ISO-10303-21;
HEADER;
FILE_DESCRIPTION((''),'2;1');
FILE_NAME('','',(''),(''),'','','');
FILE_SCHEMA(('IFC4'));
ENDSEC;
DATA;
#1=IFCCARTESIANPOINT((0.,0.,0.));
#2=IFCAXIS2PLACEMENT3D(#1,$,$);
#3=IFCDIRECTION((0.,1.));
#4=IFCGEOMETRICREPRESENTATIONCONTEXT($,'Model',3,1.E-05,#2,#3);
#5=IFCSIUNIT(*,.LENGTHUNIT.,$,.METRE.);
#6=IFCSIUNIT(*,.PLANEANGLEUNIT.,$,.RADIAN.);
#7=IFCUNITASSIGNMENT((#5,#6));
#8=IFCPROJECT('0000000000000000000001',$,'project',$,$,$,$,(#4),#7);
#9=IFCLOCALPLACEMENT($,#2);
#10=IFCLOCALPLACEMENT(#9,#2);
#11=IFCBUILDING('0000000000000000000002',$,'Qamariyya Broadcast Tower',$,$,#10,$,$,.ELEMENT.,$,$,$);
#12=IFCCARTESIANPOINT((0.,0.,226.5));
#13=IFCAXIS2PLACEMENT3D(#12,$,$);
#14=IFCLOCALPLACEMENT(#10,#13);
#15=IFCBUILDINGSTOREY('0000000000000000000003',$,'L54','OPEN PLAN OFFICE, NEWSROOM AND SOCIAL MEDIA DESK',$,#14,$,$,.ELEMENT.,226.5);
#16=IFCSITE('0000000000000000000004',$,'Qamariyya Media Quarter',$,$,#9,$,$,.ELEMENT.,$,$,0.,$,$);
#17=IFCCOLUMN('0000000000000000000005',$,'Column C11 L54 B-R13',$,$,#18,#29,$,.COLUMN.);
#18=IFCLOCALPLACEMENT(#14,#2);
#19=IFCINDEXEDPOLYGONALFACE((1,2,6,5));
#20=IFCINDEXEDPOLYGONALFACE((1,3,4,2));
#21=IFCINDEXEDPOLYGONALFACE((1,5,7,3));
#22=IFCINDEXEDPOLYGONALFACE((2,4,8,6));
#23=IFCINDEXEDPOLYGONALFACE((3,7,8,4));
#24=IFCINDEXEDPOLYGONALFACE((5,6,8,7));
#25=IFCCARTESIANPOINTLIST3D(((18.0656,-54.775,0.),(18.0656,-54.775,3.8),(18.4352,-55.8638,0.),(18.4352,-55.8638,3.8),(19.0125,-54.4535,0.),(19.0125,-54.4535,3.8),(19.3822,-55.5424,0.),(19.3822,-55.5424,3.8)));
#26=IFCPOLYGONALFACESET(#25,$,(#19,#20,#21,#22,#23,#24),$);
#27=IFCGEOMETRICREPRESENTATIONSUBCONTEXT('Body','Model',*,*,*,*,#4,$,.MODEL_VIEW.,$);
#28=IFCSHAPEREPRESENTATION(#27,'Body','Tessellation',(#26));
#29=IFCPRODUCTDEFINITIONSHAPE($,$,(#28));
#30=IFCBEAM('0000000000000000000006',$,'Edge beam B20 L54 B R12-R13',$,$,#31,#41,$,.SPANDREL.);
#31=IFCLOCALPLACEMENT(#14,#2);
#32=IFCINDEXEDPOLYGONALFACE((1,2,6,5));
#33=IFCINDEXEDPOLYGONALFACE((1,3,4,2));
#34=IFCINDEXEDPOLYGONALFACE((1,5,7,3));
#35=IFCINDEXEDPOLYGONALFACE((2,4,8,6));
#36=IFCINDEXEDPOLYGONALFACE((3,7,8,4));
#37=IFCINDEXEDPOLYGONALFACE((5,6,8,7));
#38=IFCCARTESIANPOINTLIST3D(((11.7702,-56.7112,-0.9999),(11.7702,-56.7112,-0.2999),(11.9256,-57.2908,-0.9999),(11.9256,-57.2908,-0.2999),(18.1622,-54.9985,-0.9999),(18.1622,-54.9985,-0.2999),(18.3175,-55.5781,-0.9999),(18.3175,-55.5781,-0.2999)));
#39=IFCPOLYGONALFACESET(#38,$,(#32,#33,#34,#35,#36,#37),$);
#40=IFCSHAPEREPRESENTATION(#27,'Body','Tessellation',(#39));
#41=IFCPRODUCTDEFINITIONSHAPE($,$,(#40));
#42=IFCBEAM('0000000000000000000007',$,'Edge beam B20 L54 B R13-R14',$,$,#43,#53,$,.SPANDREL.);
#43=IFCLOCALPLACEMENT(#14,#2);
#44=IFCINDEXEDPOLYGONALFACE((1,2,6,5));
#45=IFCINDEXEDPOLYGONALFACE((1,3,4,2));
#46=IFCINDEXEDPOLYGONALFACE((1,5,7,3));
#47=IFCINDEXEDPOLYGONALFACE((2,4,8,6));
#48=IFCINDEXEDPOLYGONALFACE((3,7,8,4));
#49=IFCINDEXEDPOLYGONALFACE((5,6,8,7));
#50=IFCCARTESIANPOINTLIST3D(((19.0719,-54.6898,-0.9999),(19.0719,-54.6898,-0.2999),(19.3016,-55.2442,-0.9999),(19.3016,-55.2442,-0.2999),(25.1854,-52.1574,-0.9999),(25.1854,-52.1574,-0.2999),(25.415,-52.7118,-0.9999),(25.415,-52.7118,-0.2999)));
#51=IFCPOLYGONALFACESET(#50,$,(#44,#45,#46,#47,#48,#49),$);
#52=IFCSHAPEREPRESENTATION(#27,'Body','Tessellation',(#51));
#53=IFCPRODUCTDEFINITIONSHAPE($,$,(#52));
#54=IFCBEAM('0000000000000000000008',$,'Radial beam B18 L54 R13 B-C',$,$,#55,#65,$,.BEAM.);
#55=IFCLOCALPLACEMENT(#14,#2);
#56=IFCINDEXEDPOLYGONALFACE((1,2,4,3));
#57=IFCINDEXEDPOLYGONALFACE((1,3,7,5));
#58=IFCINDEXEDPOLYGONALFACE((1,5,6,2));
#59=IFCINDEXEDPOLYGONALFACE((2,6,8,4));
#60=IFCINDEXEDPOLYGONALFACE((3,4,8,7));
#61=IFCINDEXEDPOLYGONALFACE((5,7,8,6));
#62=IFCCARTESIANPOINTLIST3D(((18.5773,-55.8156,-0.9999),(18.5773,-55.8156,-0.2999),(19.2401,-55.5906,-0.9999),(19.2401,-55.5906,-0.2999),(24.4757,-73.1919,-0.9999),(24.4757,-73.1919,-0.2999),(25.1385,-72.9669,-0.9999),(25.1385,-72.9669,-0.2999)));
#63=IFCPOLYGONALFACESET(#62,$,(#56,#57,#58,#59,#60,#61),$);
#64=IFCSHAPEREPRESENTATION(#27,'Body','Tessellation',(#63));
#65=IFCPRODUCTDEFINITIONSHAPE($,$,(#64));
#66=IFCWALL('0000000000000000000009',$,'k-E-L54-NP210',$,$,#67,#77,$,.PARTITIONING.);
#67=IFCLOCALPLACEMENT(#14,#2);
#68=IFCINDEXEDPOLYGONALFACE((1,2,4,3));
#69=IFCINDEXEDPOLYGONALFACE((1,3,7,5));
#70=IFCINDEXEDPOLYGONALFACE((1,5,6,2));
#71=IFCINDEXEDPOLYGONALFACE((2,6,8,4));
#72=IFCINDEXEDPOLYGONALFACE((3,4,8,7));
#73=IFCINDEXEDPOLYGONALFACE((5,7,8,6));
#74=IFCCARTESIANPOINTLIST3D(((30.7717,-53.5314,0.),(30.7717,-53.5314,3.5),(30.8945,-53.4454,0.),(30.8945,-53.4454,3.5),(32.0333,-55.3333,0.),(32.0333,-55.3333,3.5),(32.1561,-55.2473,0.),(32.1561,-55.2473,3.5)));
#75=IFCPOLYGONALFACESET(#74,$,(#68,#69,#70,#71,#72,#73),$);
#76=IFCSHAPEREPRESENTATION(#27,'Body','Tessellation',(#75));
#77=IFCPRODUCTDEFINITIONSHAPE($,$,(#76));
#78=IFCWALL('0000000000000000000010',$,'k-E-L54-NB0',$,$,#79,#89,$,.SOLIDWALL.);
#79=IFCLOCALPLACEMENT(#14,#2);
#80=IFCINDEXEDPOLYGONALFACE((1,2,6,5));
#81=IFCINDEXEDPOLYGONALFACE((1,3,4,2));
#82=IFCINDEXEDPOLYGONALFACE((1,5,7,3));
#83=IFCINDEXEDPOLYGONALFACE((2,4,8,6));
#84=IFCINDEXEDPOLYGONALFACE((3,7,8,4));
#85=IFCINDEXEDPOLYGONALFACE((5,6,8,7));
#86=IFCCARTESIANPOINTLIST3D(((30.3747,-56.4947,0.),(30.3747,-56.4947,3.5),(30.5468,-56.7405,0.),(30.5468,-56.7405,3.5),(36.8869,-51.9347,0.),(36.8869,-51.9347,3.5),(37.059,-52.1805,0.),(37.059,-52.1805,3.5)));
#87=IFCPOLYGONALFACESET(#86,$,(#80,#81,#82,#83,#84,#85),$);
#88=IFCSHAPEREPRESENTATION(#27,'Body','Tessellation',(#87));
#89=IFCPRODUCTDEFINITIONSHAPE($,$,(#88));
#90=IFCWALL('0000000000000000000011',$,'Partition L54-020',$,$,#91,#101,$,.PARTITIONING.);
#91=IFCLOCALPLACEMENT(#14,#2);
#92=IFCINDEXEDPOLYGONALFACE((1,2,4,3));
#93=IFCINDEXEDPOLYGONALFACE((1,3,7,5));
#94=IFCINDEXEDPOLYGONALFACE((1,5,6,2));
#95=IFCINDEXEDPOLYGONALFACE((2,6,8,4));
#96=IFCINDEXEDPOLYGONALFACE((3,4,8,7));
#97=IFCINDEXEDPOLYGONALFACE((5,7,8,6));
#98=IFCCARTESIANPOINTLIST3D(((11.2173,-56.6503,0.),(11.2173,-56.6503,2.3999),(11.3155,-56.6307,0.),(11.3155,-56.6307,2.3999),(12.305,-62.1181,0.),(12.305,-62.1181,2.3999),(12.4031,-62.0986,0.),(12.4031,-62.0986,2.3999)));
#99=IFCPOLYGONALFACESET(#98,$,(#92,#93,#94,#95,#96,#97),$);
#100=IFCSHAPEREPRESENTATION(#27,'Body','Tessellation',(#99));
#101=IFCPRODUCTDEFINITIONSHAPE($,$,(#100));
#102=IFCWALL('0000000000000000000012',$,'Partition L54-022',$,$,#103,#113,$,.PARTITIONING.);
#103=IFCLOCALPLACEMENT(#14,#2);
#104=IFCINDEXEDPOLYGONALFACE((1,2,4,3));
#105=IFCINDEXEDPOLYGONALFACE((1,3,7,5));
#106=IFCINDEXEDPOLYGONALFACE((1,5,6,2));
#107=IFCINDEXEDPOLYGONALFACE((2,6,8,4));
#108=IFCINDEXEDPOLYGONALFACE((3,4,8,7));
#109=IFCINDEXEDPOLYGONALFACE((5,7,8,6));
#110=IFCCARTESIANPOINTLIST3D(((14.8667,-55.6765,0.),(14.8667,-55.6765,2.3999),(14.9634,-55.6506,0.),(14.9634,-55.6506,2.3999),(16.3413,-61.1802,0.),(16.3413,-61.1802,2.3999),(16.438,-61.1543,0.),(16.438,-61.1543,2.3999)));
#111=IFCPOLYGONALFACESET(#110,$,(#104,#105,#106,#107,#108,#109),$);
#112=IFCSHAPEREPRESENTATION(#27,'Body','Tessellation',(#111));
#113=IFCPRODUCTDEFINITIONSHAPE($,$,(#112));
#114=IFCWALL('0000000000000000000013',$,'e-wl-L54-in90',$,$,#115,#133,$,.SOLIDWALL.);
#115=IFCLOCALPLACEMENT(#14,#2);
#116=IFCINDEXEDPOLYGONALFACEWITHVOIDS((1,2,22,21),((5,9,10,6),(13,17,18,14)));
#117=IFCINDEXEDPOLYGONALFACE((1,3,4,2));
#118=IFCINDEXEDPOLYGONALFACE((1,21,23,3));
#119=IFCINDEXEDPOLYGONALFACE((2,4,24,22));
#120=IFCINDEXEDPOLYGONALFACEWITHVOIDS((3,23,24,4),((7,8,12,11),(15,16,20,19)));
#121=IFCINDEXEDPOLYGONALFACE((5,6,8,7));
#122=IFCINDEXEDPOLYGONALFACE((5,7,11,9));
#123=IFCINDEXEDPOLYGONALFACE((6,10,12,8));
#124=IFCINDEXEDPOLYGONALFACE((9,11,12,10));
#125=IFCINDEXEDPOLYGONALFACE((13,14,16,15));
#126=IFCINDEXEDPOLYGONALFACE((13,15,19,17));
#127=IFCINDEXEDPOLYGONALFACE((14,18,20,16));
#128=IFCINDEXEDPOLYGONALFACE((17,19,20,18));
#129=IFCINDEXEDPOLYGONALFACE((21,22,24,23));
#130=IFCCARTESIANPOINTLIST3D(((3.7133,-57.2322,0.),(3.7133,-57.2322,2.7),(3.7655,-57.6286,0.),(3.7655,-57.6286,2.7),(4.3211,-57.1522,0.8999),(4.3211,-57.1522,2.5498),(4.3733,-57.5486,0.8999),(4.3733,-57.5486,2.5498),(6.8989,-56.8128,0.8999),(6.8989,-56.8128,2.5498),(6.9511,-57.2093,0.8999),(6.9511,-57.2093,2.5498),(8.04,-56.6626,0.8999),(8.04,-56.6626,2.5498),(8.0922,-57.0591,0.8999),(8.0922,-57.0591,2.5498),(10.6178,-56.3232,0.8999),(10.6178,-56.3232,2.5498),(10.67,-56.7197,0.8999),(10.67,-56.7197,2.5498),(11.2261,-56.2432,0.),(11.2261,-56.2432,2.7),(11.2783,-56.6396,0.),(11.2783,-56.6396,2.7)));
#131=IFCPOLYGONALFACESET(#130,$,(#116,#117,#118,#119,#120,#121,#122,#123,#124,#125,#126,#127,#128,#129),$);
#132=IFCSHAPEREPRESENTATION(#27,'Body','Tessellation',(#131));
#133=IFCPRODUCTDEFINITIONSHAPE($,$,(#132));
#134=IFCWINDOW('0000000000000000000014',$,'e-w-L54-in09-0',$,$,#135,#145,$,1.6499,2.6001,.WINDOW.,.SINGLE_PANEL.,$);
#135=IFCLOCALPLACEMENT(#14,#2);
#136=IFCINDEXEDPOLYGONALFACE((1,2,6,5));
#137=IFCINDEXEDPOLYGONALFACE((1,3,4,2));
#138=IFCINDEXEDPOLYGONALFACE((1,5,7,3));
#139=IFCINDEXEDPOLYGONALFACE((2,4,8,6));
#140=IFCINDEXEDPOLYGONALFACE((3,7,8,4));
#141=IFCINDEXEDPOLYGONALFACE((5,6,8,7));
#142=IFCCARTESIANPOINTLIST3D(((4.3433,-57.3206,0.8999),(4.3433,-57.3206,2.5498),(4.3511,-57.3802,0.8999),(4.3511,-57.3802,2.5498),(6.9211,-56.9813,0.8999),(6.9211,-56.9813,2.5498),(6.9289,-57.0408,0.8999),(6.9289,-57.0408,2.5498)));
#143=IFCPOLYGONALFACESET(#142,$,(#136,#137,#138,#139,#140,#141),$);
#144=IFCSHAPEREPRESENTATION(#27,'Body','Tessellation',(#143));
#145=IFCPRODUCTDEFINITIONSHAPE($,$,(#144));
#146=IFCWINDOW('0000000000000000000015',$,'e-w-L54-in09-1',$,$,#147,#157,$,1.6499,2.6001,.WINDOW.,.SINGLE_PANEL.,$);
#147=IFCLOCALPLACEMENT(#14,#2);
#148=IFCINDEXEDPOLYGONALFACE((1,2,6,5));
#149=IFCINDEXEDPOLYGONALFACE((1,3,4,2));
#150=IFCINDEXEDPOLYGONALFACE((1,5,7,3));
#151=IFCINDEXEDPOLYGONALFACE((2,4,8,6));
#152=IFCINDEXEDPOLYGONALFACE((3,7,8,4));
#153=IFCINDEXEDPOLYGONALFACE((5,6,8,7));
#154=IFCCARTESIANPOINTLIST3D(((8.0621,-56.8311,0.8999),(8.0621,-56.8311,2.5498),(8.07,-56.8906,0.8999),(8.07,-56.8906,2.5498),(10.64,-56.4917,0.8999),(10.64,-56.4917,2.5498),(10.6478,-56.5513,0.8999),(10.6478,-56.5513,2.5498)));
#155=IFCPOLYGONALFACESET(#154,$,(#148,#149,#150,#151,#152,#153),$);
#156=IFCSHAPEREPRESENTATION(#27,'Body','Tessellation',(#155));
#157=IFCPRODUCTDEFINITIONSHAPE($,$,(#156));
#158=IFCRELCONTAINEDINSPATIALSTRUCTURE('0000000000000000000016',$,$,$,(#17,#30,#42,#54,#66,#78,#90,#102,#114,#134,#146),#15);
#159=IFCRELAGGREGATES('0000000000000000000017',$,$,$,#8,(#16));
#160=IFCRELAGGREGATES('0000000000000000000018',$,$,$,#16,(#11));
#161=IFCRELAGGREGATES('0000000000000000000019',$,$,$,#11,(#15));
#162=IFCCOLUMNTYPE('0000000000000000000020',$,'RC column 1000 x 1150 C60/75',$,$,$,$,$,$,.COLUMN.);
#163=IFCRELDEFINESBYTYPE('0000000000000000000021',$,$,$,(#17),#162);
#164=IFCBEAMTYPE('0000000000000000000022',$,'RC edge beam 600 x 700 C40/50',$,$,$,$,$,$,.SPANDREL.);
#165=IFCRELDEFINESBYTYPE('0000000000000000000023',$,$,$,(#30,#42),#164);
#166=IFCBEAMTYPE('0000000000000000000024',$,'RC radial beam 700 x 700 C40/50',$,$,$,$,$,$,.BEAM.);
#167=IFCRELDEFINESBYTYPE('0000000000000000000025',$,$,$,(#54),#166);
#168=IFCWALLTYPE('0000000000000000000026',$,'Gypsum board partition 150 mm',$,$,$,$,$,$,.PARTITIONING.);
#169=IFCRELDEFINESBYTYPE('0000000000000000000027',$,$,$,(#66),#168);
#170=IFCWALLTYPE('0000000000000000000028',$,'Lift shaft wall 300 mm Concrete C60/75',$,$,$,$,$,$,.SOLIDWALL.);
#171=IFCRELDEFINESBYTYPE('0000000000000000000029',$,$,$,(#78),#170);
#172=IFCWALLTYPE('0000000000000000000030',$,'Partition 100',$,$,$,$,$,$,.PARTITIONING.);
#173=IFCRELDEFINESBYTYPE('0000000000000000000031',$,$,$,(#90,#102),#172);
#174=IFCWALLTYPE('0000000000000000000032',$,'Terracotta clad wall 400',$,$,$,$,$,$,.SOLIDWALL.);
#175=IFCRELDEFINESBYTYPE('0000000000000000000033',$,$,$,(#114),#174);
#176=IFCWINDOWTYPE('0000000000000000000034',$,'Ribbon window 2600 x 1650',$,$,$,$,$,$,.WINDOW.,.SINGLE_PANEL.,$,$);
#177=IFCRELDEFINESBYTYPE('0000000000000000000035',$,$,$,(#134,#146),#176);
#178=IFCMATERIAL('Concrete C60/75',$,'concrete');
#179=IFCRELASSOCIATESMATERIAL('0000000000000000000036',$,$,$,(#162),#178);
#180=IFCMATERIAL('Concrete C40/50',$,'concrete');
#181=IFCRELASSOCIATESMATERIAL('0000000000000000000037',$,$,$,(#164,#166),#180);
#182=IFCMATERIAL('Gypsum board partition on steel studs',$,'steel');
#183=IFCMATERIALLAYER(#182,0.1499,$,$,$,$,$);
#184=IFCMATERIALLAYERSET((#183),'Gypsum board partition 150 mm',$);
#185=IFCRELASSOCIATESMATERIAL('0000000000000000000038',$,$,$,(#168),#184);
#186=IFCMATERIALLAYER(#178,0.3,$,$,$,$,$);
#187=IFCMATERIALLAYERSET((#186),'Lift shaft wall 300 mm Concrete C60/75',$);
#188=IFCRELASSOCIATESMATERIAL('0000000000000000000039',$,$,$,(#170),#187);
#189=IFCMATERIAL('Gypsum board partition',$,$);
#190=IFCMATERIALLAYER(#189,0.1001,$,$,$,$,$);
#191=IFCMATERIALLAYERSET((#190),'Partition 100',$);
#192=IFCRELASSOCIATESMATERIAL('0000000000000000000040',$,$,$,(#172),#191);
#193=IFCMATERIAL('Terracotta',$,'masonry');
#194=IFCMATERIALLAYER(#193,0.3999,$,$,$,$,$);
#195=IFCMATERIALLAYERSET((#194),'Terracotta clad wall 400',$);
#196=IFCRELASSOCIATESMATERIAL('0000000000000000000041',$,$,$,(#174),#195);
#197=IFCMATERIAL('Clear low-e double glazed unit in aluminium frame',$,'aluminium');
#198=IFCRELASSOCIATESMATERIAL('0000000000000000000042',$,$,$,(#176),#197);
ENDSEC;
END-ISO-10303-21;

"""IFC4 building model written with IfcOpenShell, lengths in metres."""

from ifc_helpers import new_model, si_unit, direction, frame, frame_2d, origin, origin_2d, place, context, subcontext, project, spatial, rectangle, extrude, material, layer, layer_set, material_profile, profile_set, type_object, element, fill, save


model = new_model("IFC4")

# Units and contexts
model_context = context("Model", 3, precision=1e-05, world=origin(), true_north=direction((0.0, 1.0)))
body_context = subcontext(model_context, "Body", "Model", "MODEL_VIEW")
ifc_project = project(units=[si_unit("LENGTHUNIT", "METRE"), si_unit("PLANEANGLEUNIT", "RADIAN")], contexts=[model_context])

# Site, building, storey
site_placement = place(None, origin())
site = spatial("IfcSite", under=ifc_project, at=site_placement, Name="Qamariyya Media Quarter", CompositionType="ELEMENT", RefElevation=0.0)
building_placement = place(site_placement, origin())
building = spatial("IfcBuilding", under=site, at=building_placement, Name="Qamariyya Broadcast Tower", CompositionType="ELEMENT")
storey_placement = place(building_placement, frame((0.0, 0.0, 226.5)))
storey = spatial("IfcBuildingStorey", under=building, at=storey_placement, Name="L54", Description="OPEN PLAN OFFICE, NEWSROOM AND SOCIAL MEDIA DESK", CompositionType="ELEMENT", Elevation=226.5)

# Column
ifc_material_1 = material(Name="Concrete C60/75", Category="concrete")
ifc_material_profile_1 = material_profile(ifc_material_1, rectangle(XDim=1.0, YDim=1.1499, at=origin_2d()))
ifc_profile_set_1 = profile_set([ifc_material_profile_1], Name="Concrete C60/75")
column_type = type_object("IfcColumnType", Name="RC column 1000 x 1150 C60/75", PredefinedType="COLUMN", material=ifc_profile_set_1)
column_placement = place(storey_placement, frame((18.7239, -55.1587, 0.0), z_axis=(0.0, 0.0, 1.0), x_axis=(0.94693, 0.321439, 0.0)))
element("IfcColumn", 1, at=column_placement, inside=storey, type_object=column_type, Name="Column C11 L54 B-R13", PredefinedType="COLUMN", context=body_context, shape_type="SweptSolid", body=[
    extrude(rectangle(XDim=1.0, YDim=1.1499, at=origin_2d()), origin(), (0.0, 0.0, 1.0), 3.8),
])

# Beams
ifc_material_2 = material(Name="Concrete C40/50", Category="concrete")
ifc_material_profile_2 = material_profile(ifc_material_2, rectangle(XDim=0.6001, YDim=0.7, at=origin_2d()))
ifc_profile_set_2 = profile_set([ifc_material_profile_2], Name="Concrete C40/50")
beam_type_1 = type_object("IfcBeamType", Name="RC edge beam 600 x 700 C40/50", PredefinedType="SPANDREL", material=ifc_profile_set_2)
beam_1_placement = place(storey_placement, frame((11.8479, -57.001, -0.6499), z_axis=(0.965927, 0.258813, 0.0), x_axis=(-0.258813, 0.965927, 0.0)))
element("IfcBeam", 2, at=beam_1_placement, inside=storey, type_object=beam_type_1, Name="Edge beam B20 L54 B R12-R13", PredefinedType="SPANDREL", context=body_context, shape_type="SweptSolid", body=[
    extrude(rectangle(XDim=0.6001, YDim=0.7, at=origin_2d()), origin(), (0.0, 0.0, 1.0), 6.6174),
])
beam_2_placement = place(storey_placement, frame((19.1868, -54.967, -0.6499), z_axis=(0.923871, 0.382705, 0.0), x_axis=(-0.382705, 0.923871, 0.0)))
element("IfcBeam", 3, at=beam_2_placement, inside=storey, type_object=beam_type_1, Name="Edge beam B20 L54 B R13-R14", PredefinedType="SPANDREL", context=body_context, shape_type="SweptSolid", body=[
    extrude(rectangle(XDim=0.6001, YDim=0.7, at=origin_2d()), origin(), (0.0, 0.0, 1.0), 6.6172),
])
ifc_material_profile_3 = material_profile(ifc_material_2, rectangle(XDim=0.7, YDim=0.7, at=origin_2d()))
ifc_profile_set_3 = profile_set([ifc_material_profile_3], Name="Concrete C40/50")
beam_type_2 = type_object("IfcBeamType", Name="RC radial beam 700 x 700 C40/50", PredefinedType="BEAM", material=ifc_profile_set_3)
beam_3_placement = place(storey_placement, frame((18.9087, -55.7031, -0.6499), z_axis=(0.32144, -0.94693, 0.0), x_axis=(0.94693, 0.32144, 0.0)))
element("IfcBeam", 4, at=beam_3_placement, inside=storey, type_object=beam_type_2, Name="Radial beam B18 L54 R13 B-C", PredefinedType="BEAM", context=body_context, shape_type="SweptSolid", body=[
    extrude(rectangle(XDim=0.7, YDim=0.7, at=origin_2d()), origin(), (0.0, 0.0, 1.0), 18.3501),
])

# Walls
ifc_material_3 = material(Name="Gypsum board partition on steel studs", Category="steel")
ifc_layer_1 = layer(ifc_material_3, 0.1499)
ifc_layer_set_1 = layer_set([ifc_layer_1], Name="Gypsum board partition 150 mm")
wall_type_1 = type_object("IfcWallType", Name="Gypsum board partition 150 mm", PredefinedType="PARTITIONING", material=ifc_layer_set_1)
wall_1_placement = place(storey_placement, frame((32.0947, -55.2903, 0.0), z_axis=(0.0, 0.0, 1.0), x_axis=(-0.573559, 0.819164, 0.0)))
element("IfcWall", 5, at=wall_1_placement, inside=storey, type_object=wall_type_1, Name="k-E-L54-NP210", PredefinedType="PARTITIONING", context=body_context, shape_type="SweptSolid", body=[
    extrude(rectangle(XDim=2.1997, YDim=0.1499, at=frame_2d((1.0999, 0.0))), origin(), (0.0, 0.0, 1.0), 3.5),
])
ifc_layer_2 = layer(ifc_material_1, 0.3)
ifc_layer_set_2 = layer_set([ifc_layer_2], Name="Lift shaft wall 300 mm Concrete C60/75")
wall_type_2 = type_object("IfcWallType", Name="Lift shaft wall 300 mm Concrete C60/75", PredefinedType="SOLIDWALL", material=ifc_layer_set_2)
wall_2_placement = place(storey_placement, frame((30.4607, -56.6177, 0.0), z_axis=(0.0, 0.0, 1.0), x_axis=(0.819142, 0.57359, 0.0)))
element("IfcWall", 6, at=wall_2_placement, inside=storey, type_object=wall_type_2, Name="k-E-L54-NB0", PredefinedType="SOLIDWALL", context=body_context, shape_type="SweptSolid", body=[
    extrude(rectangle(XDim=7.95, YDim=0.3, at=frame_2d((3.9751, 0.0))), origin(), (0.0, 0.0, 1.0), 3.5),
])
ifc_material_4 = material(Name="Gypsum board partition")
ifc_layer_3 = layer(ifc_material_4, 0.1001)
ifc_layer_set_3 = layer_set([ifc_layer_3], Name="Partition 100")
wall_type_3 = type_object("IfcWallType", Name="Partition 100", PredefinedType="PARTITIONING", material=ifc_layer_set_3)
wall_3_placement = place(storey_placement, frame((11.2664, -56.6404, 0.0), z_axis=(0.0, 0.0, 1.0), x_axis=(0.195097, -0.980784, 0.0)))
element("IfcWall", 7, at=wall_3_placement, inside=storey, type_object=wall_type_3, Name="Partition L54-020", PredefinedType="PARTITIONING", context=body_context, shape_type="SweptSolid", body=[
    extrude(rectangle(XDim=5.575, YDim=0.1001, at=frame_2d((2.7876, 0.0))), origin(), (0.0, 0.0, 1.0), 2.3999),
])
wall_4_placement = place(storey_placement, frame((14.915, -55.6636, 0.0), z_axis=(0.0, 0.0, 1.0), x_axis=(0.258804, -0.96593, 0.0)))
element("IfcWall", 8, at=wall_4_placement, inside=storey, type_object=wall_type_3, Name="Partition L54-022", PredefinedType="PARTITIONING", context=body_context, shape_type="SweptSolid", body=[
    extrude(rectangle(XDim=5.6978, YDim=0.1001, at=frame_2d((2.8489, 0.0))), origin(), (0.0, 0.0, 1.0), 2.3999),
])

# Wall, openings, windows
ifc_material_5 = material(Name="Terracotta", Category="masonry")
ifc_layer_4 = layer(ifc_material_5, 0.3999)
ifc_layer_set_4 = layer_set([ifc_layer_4], Name="Terracotta clad wall 400")
wall_type_4 = type_object("IfcWallType", Name="Terracotta clad wall 400", PredefinedType="SOLIDWALL", material=ifc_layer_set_4)
wall_5_placement = place(storey_placement, frame((11.2522, -56.4414, 0.0), z_axis=(0.0, 0.0, 1.0), x_axis=(-0.991446, -0.130515, 0.0)))
wall_5 = element("IfcWall", 9, at=wall_5_placement, inside=storey, type_object=wall_type_4, Name="e-wl-L54-in90", PredefinedType="SOLIDWALL", context=body_context, shape_type="SweptSolid", body=[
    extrude(rectangle(XDim=7.5776, YDim=0.3999, at=frame_2d((3.7888, 0.0))), origin(), (0.0, 0.0, 1.0), 2.7),
])
opening_1_placement = place(wall_5_placement, frame((4.3645, 0.0, 0.8999)))
opening_1 = element("IfcOpeningElement", 10, at=opening_1_placement, cuts=wall_5, PredefinedType="OPENING", context=body_context, shape_type="SweptSolid", body=[
    extrude(rectangle(XDim=2.6001, YDim=1.6499, at=frame_2d((1.3, 0.825))), frame((0.0, 0.21, 0.0), z_axis=(0.0, -1.0, 0.0), x_axis=(1.0, 0.0, 0.0)), (0.0, 0.0, 1.0), 0.4199),
])
opening_2_placement = place(wall_5_placement, frame((0.6135, 0.0, 0.8999)))
opening_2 = element("IfcOpeningElement", 11, at=opening_2_placement, cuts=wall_5, PredefinedType="OPENING", context=body_context, shape_type="SweptSolid", body=[
    extrude(rectangle(XDim=2.6001, YDim=1.6499, at=frame_2d((1.3, 0.825))), frame((0.0, 0.21, 0.0), z_axis=(0.0, -1.0, 0.0), x_axis=(1.0, 0.0, 0.0)), (0.0, 0.0, 1.0), 0.4199),
])
ifc_material_6 = material(Name="Clear low-e double glazed unit in aluminium frame", Category="aluminium")
window_type = type_object("IfcWindowType", Name="Ribbon window 2600 x 1650", PartitioningType="SINGLE_PANEL", PredefinedType="WINDOW", material=ifc_material_6)
window_1_placement = place(opening_1_placement, origin())
window_1 = element("IfcWindow", 12, at=window_1_placement, inside=storey, type_object=window_type, Name="e-w-L54-in09-0", OverallHeight=1.6499, OverallWidth=2.6001, PartitioningType="SINGLE_PANEL", PredefinedType="WINDOW", context=body_context, shape_type="SweptSolid", body=[
    extrude(rectangle(XDim=2.6001, YDim=1.6499, at=frame_2d((1.3, 0.825))), frame((0.0, 0.03, 0.0), z_axis=(0.0, -1.0, 0.0), x_axis=(1.0, 0.0, 0.0)), (0.0, 0.0, 1.0), 0.0601),
])
fill(opening_1, window_1)
window_2_placement = place(opening_2_placement, origin())
window_2 = element("IfcWindow", 13, at=window_2_placement, inside=storey, type_object=window_type, Name="e-w-L54-in09-1", OverallHeight=1.6499, OverallWidth=2.6001, PartitioningType="SINGLE_PANEL", PredefinedType="WINDOW", context=body_context, shape_type="SweptSolid", body=[
    extrude(rectangle(XDim=2.6001, YDim=1.6499, at=frame_2d((1.3, 0.825))), frame((0.0, 0.03, 0.0), z_axis=(0.0, -1.0, 0.0), x_axis=(1.0, 0.0, 0.0)), (0.0, 0.0, 1.0), 0.0601),
])
fill(opening_2, window_2)

save(model, "model.ifc")
